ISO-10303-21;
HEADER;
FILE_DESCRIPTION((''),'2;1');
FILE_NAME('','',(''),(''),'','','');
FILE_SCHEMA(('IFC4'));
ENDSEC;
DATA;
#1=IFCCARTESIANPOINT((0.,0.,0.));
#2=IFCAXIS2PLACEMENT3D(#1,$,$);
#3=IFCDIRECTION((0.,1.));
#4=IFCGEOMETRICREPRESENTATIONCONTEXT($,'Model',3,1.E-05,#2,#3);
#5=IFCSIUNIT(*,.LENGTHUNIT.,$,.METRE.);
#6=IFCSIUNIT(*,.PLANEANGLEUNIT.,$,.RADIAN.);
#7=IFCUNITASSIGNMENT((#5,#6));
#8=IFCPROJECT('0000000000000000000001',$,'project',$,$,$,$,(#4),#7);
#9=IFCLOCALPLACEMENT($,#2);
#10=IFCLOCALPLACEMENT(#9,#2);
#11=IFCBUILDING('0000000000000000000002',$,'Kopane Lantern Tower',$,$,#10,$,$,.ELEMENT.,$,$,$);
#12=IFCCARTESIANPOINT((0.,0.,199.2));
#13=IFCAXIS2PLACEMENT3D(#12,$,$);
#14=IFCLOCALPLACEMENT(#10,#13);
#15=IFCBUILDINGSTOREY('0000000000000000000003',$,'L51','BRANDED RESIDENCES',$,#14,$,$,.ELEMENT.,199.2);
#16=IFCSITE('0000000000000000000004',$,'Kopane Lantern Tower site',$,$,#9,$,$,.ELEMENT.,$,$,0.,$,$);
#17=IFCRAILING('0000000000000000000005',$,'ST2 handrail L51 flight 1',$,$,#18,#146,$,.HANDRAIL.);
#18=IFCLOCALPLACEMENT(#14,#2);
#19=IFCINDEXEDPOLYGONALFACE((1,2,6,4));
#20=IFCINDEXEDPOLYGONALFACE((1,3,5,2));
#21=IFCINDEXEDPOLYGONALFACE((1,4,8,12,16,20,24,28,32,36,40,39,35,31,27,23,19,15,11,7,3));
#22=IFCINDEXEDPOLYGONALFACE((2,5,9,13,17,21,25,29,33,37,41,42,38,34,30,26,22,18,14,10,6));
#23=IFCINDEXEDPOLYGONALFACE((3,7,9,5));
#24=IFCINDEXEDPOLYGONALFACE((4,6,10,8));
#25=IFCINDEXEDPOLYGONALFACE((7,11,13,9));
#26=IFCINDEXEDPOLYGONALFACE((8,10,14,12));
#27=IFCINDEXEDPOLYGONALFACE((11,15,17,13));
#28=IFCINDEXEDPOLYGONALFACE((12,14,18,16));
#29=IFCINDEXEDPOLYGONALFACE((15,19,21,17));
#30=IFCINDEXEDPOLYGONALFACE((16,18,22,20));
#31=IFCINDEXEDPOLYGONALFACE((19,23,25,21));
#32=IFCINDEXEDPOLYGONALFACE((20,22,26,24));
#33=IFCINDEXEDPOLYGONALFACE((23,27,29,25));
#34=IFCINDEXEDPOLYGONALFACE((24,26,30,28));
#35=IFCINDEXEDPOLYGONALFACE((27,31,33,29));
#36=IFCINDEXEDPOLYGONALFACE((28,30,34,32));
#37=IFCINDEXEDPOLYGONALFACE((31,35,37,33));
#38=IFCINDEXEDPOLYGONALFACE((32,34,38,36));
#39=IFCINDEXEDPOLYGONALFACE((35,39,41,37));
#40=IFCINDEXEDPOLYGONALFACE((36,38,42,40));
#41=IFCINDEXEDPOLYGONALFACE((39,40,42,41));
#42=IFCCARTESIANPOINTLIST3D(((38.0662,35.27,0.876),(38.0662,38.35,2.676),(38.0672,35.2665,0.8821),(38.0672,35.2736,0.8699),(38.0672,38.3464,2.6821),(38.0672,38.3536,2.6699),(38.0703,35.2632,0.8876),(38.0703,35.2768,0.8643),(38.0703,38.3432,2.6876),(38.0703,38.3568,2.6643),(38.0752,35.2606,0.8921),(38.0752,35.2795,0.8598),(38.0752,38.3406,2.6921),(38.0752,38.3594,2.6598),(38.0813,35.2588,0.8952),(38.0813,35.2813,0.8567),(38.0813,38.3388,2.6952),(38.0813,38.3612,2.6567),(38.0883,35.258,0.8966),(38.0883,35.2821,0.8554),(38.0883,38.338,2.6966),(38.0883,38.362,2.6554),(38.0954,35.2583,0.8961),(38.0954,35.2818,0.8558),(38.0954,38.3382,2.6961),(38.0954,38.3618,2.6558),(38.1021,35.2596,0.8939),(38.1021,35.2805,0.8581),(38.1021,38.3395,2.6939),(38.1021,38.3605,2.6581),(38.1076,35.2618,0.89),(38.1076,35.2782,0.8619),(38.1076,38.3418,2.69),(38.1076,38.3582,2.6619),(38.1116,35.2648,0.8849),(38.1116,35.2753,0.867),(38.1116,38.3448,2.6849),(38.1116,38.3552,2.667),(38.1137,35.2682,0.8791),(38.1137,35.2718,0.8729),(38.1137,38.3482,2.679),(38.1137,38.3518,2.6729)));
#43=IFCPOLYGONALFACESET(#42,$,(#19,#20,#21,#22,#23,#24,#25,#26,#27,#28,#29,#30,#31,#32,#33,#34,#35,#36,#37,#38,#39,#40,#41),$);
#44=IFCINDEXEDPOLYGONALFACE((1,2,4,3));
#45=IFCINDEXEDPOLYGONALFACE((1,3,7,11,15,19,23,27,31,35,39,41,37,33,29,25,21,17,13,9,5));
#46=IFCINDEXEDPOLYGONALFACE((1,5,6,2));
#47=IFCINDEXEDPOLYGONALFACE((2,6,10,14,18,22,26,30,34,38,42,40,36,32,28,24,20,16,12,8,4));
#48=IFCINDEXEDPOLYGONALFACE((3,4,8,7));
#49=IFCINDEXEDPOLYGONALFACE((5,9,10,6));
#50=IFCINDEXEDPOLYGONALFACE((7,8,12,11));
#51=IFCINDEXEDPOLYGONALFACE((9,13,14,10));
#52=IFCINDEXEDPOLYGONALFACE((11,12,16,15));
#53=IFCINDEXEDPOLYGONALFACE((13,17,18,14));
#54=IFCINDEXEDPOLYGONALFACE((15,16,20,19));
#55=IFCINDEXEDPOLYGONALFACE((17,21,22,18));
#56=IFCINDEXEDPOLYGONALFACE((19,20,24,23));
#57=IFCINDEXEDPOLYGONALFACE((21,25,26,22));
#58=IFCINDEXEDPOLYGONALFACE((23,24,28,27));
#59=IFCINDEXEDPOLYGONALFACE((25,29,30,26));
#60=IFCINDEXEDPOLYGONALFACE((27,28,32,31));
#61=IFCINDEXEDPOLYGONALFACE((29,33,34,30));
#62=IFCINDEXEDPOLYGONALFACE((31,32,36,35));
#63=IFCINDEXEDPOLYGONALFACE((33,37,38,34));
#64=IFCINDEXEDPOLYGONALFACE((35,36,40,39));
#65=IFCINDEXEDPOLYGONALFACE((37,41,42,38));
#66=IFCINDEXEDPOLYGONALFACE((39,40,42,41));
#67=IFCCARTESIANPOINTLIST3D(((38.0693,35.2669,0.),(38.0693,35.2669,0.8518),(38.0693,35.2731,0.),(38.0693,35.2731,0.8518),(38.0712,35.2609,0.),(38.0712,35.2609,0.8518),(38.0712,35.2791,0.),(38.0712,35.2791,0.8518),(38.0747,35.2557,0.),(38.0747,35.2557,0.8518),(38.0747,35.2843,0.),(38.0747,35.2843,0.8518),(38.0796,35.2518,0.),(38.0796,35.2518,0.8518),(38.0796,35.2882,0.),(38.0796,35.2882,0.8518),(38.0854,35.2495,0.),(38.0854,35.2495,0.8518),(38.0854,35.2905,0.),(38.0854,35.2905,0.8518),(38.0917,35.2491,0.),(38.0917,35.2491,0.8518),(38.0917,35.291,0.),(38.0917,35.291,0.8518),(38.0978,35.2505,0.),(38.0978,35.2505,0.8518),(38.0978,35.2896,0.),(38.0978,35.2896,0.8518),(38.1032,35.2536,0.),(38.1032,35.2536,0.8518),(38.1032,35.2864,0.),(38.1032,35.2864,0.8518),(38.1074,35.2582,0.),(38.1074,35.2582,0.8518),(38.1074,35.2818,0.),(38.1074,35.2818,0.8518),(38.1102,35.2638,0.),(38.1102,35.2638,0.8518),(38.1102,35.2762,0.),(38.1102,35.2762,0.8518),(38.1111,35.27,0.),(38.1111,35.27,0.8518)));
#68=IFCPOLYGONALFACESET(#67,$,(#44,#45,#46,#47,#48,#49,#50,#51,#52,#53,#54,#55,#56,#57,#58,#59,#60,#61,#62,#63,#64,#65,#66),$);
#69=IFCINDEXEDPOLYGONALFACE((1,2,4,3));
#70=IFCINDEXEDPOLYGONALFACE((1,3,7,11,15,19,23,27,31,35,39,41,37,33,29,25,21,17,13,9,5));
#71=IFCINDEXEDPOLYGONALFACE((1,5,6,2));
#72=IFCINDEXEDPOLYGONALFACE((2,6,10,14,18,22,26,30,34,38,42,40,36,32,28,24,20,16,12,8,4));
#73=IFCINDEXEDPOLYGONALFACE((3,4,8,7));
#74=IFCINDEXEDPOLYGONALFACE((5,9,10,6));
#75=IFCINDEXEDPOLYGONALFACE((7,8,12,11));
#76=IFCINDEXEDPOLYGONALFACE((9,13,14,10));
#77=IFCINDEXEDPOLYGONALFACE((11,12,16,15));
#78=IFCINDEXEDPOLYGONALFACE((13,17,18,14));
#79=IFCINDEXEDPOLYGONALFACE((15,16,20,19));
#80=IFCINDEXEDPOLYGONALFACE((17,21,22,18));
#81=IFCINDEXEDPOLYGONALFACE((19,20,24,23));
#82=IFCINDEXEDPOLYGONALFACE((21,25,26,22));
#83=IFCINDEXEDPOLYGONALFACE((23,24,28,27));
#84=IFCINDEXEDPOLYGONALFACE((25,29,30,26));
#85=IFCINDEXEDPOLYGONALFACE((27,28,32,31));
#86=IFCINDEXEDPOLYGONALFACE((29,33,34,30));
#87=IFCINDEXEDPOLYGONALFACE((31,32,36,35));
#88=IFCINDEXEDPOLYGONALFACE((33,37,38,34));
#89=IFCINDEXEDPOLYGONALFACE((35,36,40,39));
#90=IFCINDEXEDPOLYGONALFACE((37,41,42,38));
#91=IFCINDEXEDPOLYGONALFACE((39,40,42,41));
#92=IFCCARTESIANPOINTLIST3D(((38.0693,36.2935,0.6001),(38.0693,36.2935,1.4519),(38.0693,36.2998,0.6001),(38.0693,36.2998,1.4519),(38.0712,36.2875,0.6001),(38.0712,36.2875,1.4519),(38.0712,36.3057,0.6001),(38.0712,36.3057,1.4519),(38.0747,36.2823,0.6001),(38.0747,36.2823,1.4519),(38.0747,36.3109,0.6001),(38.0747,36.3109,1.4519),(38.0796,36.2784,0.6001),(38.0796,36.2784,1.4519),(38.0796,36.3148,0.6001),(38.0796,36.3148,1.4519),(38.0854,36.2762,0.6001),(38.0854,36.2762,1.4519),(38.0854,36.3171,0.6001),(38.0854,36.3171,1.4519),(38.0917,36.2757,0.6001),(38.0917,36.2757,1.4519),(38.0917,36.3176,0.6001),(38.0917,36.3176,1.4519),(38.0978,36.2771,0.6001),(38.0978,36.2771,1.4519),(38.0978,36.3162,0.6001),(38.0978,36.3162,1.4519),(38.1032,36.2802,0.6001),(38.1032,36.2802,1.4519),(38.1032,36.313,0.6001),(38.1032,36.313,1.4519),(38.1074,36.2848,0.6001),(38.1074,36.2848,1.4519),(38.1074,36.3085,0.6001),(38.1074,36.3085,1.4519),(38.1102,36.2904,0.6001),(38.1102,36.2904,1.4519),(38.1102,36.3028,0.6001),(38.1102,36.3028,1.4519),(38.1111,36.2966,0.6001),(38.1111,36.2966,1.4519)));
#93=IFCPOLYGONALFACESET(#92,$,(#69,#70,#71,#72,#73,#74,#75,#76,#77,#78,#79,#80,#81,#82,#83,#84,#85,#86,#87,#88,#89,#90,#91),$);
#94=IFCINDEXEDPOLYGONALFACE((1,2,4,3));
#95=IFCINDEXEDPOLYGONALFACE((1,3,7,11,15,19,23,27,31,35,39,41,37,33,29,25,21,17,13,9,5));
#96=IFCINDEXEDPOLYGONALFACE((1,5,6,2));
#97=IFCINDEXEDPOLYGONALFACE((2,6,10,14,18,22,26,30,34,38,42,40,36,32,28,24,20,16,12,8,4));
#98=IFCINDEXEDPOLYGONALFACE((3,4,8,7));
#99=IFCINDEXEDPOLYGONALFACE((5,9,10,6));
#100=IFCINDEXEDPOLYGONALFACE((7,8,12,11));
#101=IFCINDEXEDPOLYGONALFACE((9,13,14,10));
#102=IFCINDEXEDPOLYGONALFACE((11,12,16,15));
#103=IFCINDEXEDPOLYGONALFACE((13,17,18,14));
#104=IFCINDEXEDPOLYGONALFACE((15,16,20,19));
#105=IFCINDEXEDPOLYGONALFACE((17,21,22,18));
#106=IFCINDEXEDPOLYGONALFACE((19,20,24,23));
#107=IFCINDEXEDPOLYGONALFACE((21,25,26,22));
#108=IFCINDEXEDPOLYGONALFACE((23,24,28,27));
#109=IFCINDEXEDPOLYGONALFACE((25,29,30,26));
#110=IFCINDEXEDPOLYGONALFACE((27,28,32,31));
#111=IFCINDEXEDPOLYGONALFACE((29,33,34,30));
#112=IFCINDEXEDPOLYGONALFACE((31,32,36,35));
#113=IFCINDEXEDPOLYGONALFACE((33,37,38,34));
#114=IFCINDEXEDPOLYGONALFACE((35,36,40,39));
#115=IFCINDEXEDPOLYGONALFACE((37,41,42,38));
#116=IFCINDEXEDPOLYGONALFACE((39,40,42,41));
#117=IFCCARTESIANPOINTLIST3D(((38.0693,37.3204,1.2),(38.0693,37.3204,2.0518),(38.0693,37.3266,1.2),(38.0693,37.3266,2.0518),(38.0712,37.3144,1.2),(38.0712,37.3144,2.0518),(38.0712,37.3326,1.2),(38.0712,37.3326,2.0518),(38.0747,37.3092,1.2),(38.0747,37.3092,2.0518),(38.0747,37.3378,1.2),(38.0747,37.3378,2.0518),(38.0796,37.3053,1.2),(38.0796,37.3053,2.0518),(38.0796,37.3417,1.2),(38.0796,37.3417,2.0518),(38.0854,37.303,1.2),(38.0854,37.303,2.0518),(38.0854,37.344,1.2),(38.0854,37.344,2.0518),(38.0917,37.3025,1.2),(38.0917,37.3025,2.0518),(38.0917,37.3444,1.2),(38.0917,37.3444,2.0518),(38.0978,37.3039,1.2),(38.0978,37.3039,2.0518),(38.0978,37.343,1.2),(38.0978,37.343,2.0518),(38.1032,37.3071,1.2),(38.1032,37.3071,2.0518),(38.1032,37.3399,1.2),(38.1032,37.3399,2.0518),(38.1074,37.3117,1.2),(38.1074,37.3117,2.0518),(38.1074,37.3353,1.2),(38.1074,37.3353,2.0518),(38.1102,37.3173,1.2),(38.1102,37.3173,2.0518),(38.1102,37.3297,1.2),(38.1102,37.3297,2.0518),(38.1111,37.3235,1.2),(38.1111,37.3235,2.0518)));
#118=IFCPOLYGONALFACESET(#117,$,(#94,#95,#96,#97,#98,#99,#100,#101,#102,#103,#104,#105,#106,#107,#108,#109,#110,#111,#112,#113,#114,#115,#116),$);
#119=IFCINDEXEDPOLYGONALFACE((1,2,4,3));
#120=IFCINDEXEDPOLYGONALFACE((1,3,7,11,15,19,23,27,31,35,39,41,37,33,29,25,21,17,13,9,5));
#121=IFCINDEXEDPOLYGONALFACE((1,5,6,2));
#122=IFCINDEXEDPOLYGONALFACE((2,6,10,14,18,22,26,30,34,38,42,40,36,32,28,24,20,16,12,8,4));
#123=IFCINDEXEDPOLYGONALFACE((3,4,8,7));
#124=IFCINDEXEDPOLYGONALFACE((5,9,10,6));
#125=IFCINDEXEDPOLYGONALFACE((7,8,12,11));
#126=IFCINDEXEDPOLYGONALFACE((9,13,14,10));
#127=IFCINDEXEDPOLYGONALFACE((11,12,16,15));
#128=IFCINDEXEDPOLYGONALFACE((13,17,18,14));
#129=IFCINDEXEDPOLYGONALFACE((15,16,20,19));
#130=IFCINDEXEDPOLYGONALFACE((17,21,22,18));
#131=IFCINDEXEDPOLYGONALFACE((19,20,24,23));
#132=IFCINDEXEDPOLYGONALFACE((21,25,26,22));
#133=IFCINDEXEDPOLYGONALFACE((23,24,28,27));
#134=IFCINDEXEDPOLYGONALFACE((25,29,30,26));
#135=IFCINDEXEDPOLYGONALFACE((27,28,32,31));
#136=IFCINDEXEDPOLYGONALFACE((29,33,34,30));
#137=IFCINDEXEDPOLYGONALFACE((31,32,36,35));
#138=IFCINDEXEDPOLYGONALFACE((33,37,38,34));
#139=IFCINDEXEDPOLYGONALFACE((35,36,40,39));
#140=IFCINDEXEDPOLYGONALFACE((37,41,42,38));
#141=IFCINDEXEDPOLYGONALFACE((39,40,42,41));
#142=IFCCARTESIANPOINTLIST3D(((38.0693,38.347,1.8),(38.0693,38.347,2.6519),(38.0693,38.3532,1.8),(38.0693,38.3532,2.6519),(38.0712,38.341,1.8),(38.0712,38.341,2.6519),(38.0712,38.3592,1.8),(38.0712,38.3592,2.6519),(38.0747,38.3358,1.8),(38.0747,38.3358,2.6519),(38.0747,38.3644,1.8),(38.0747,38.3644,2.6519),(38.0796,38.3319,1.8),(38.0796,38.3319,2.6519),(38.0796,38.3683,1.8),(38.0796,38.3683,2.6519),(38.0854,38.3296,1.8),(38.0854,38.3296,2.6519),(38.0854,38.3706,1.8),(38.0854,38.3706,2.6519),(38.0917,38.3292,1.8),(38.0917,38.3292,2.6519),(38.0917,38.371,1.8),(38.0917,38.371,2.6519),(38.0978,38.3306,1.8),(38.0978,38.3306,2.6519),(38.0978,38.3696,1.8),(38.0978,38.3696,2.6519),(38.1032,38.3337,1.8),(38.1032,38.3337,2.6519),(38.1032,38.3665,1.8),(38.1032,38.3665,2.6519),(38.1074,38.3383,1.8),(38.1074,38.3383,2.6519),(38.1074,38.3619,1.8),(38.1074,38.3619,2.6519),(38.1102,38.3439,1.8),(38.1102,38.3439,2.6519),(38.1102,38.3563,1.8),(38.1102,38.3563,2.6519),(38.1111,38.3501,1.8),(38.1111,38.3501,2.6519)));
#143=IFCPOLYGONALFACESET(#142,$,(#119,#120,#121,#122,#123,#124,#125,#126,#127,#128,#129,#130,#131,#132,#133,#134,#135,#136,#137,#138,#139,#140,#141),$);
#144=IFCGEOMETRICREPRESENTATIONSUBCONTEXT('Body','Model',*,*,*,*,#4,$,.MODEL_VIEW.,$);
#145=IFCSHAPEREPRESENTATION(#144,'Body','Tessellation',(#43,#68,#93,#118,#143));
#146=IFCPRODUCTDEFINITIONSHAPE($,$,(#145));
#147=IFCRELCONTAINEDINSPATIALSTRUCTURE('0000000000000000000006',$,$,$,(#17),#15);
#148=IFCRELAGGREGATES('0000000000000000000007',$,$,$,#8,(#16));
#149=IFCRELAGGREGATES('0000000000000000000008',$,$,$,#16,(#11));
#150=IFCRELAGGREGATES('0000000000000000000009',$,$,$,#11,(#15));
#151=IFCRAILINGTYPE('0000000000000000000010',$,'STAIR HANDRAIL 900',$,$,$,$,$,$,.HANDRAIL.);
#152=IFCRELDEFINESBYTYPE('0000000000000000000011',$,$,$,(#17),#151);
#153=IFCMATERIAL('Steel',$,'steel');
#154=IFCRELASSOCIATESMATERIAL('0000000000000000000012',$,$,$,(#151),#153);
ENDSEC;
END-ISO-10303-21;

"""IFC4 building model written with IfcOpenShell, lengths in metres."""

from ifc_helpers import new_model, si_unit, direction, frame, origin, origin_2d, place, context, subcontext, project, spatial, circle, extrude, material, type_object, element, save


model = new_model("IFC4")

# Units and contexts
model_context = context("Model", 3, precision=1e-05, world=origin(), true_north=direction((0.0, 1.0)))
body_context = subcontext(model_context, "Body", "Model", "MODEL_VIEW")
ifc_project = project(units=[si_unit("LENGTHUNIT", "METRE"), si_unit("PLANEANGLEUNIT", "RADIAN")], contexts=[model_context])

# Site, building, storey
site_placement = place(None, origin())
site = spatial("IfcSite", under=ifc_project, at=site_placement, Name="Kopane Lantern Tower site", CompositionType="ELEMENT", RefElevation=0.0)
building_placement = place(site_placement, origin())
building = spatial("IfcBuilding", under=site, at=building_placement, Name="Kopane Lantern Tower", CompositionType="ELEMENT")
storey_placement = place(building_placement, frame((0.0, 0.0, 199.2)))
storey = spatial("IfcBuildingStorey", under=building, at=storey_placement, Name="L51", Description="BRANDED RESIDENCES", CompositionType="ELEMENT", Elevation=199.2)

# Railing
ifc_material_1 = material(Name="Steel", Category="steel")
railing_type_1 = type_object("IfcRailingType", Name="STAIR HANDRAIL 900", PredefinedType="HANDRAIL", material=ifc_material_1)
for number, where, name in (
    (1, (38.0901, 35.27, 0.0), "ST2 handrail L51 flight 1"),
):
    element("IfcRailing", number, at=place(storey_placement, frame(where)), inside=storey, type_object=railing_type_1, Name=name, PredefinedType="HANDRAIL", context=body_context, shape_type="SweptSolid", body=[
        extrude(circle(Radius=0.0239, at=origin_2d()), frame((0.0, 0.0, 0.876), z_axis=(0.0, 0.863372, 0.504569), x_axis=(-1.0, 0.0, 0.0)), (0.0, 0.0, 1.0), 3.5674),
        extrude(circle(Radius=0.021, at=origin_2d()), origin(), (0.0, 0.0, 1.0), 0.8518),
        extrude(circle(Radius=0.021, at=origin_2d()), frame((0.0, 1.0266, 0.6001)), (0.0, 0.0, 1.0), 0.8518),
        extrude(circle(Radius=0.021, at=origin_2d()), frame((0.0, 2.0535, 1.2)), (0.0, 0.0, 1.0), 0.8518),
        extrude(circle(Radius=0.021, at=origin_2d()), frame((0.0, 3.0801, 1.8)), (0.0, 0.0, 1.0), 0.8518),
    ])

save(model, "model.ifc")
